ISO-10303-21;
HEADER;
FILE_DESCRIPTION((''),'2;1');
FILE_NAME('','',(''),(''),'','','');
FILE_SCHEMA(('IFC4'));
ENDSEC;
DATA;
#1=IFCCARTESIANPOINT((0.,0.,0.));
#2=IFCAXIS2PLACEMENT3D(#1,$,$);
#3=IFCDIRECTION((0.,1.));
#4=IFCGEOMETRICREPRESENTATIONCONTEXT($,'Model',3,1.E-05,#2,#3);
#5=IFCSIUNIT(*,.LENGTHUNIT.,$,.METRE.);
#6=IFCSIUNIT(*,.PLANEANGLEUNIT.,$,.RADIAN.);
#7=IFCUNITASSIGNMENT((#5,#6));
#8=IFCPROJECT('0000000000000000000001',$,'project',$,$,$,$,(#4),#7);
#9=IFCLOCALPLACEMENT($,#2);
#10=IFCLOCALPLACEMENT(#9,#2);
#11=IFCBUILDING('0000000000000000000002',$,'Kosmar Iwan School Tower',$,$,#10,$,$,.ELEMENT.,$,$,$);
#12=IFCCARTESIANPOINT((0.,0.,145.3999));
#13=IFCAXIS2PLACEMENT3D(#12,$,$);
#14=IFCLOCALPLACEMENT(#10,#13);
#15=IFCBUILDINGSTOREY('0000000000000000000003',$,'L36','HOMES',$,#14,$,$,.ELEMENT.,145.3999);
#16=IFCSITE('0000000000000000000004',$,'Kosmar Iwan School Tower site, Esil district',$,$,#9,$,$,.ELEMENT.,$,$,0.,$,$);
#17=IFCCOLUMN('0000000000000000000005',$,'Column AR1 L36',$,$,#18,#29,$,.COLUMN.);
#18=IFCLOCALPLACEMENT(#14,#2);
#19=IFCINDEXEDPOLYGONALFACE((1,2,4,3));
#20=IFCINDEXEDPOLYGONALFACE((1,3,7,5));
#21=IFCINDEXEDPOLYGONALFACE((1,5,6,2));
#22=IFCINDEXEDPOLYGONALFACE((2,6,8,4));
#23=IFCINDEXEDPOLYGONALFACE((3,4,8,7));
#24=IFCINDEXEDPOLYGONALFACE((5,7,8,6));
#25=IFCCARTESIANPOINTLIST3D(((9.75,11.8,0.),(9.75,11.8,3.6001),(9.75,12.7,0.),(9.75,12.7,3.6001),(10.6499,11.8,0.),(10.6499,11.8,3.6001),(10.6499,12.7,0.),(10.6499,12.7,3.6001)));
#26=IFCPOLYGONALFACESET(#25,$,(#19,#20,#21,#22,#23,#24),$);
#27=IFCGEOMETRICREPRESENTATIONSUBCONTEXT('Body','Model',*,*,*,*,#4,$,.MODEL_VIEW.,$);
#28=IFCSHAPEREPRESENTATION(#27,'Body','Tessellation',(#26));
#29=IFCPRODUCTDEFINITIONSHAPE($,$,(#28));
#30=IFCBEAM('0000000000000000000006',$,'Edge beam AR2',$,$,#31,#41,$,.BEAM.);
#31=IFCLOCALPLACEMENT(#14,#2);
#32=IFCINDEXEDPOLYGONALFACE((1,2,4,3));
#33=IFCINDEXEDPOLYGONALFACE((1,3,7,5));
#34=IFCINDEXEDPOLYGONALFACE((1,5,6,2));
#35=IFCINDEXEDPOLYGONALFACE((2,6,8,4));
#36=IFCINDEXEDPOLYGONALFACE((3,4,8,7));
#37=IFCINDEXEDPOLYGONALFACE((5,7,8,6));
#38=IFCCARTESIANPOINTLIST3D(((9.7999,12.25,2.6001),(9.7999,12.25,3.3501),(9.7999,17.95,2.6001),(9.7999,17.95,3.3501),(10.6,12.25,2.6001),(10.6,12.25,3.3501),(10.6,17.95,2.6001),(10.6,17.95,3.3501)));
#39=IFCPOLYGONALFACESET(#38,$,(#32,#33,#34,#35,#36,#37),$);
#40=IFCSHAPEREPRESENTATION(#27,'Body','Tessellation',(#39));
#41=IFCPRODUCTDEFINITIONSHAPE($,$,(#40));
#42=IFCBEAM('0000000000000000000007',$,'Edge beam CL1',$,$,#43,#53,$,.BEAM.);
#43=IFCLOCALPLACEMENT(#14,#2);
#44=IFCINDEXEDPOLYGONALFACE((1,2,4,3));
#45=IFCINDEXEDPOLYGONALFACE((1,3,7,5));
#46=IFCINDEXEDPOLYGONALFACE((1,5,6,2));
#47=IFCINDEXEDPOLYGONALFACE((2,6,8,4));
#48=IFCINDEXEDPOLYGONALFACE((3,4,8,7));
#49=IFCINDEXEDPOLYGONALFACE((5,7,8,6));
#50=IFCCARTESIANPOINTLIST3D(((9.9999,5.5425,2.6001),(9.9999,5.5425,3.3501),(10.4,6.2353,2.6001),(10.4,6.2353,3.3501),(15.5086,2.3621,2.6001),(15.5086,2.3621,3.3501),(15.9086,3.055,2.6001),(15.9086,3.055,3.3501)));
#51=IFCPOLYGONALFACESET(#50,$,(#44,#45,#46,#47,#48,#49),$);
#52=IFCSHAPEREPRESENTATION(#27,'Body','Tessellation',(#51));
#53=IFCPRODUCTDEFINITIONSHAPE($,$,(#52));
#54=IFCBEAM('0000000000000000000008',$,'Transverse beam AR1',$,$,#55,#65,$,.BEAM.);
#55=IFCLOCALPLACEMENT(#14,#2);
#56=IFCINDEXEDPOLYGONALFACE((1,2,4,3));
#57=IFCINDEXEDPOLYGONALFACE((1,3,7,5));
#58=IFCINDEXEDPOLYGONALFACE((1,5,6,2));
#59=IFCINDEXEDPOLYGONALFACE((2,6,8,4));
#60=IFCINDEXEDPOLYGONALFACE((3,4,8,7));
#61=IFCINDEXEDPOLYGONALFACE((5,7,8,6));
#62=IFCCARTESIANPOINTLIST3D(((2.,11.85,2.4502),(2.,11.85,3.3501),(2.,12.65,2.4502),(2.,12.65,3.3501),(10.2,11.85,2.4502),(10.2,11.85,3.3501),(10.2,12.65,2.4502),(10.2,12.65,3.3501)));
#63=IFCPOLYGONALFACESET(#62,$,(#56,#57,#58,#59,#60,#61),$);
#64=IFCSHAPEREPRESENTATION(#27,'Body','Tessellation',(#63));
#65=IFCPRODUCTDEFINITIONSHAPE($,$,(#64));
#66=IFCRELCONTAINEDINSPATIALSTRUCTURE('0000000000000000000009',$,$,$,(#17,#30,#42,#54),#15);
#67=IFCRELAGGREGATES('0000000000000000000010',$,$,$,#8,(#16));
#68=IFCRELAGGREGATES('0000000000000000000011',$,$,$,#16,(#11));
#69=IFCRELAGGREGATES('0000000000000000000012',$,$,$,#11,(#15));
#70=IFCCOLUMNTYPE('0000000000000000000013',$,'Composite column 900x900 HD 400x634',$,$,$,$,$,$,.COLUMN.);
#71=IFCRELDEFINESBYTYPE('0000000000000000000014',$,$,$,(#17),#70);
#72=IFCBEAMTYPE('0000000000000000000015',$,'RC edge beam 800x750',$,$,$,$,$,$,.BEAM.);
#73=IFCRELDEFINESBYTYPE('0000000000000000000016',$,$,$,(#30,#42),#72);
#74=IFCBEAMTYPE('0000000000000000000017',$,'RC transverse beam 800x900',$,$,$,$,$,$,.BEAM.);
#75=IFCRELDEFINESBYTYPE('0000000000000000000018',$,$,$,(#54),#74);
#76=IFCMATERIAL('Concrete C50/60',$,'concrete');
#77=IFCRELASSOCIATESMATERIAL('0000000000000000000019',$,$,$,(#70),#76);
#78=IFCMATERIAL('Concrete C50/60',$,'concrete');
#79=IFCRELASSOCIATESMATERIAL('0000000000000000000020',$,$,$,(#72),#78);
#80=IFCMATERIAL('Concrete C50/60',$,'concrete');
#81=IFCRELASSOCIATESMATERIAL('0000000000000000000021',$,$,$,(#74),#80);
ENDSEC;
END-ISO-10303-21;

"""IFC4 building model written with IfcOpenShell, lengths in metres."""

from ifc_helpers import new_model, si_unit, direction, frame, origin, origin_2d, place, context, subcontext, project, spatial, rectangle, extrude, material, material_profile, profile_set, type_object, element, save


model = new_model("IFC4")

# Units and contexts
model_context = context("Model", 3, precision=1e-05, world=origin(), true_north=direction((0.0, 1.0)))
body_context = subcontext(model_context, "Body", "Model", "MODEL_VIEW")
ifc_project = project(units=[si_unit("LENGTHUNIT", "METRE"), si_unit("PLANEANGLEUNIT", "RADIAN")], contexts=[model_context])

# Site, building, storey
site_placement = place(None, origin())
site = spatial("IfcSite", under=ifc_project, at=site_placement, Name="Kosmar Iwan School Tower site, Esil district", CompositionType="ELEMENT", RefElevation=0.0)
building_placement = place(site_placement, origin())
building = spatial("IfcBuilding", under=site, at=building_placement, Name="Kosmar Iwan School Tower", CompositionType="ELEMENT")
storey_placement = place(building_placement, frame((0.0, 0.0, 145.3999)))
storey = spatial("IfcBuildingStorey", under=building, at=storey_placement, Name="L36", Description="HOMES", CompositionType="ELEMENT", Elevation=145.3999)

# Column
ifc_material_1 = material(Name="Concrete C50/60", Category="concrete")
ifc_material_profile_1 = material_profile(ifc_material_1, rectangle(XDim=0.8999, YDim=0.8999, at=origin_2d()), Name="RC 900x900 + HD 400x634")
ifc_profile_set_1 = profile_set([ifc_material_profile_1], Name="Concrete C50/60")
column_type = type_object("IfcColumnType", Name="Composite column 900x900 HD 400x634", PredefinedType="COLUMN", material=ifc_profile_set_1)
column_placement = place(storey_placement, frame((10.2, 12.25, 0.0), z_axis=(0.0, 0.0, 1.0), x_axis=(0.0, 1.0, 0.0)))
element("IfcColumn", 1, at=column_placement, inside=storey, type_object=column_type, Name="Column AR1 L36", PredefinedType="COLUMN", context=body_context, shape_type="SweptSolid", body=[
    extrude(rectangle(XDim=0.8999, YDim=0.8999, at=origin_2d()), origin(), (0.0, 0.0, 1.0), 3.6001),
])

# Beams
ifc_material_2 = material(Name="Concrete C50/60", Category="concrete")
ifc_material_profile_2 = material_profile(ifc_material_2, rectangle(XDim=0.8, YDim=0.75, at=origin_2d()), Name="RC 800x750")
ifc_profile_set_2 = profile_set([ifc_material_profile_2], Name="Concrete C50/60")
beam_type_1 = type_object("IfcBeamType", Name="RC edge beam 800x750", PredefinedType="BEAM", material=ifc_profile_set_2)
beam_1_placement = place(storey_placement, frame((10.2, 12.25, 2.9751), z_axis=(0.0, 1.0, 0.0), x_axis=(-1.0, 0.0, 0.0)))
element("IfcBeam", 2, at=beam_1_placement, inside=storey, type_object=beam_type_1, Name="Edge beam AR2", PredefinedType="BEAM", context=body_context, shape_type="SweptSolid", body=[
    extrude(rectangle(XDim=0.8, YDim=0.75, at=origin_2d()), origin(), (0.0, 0.0, 1.0), 5.7),
])
beam_2_placement = place(storey_placement, frame((10.2, 5.8889, 2.9751), z_axis=(0.866031, -0.49999, 0.0), x_axis=(0.49999, 0.866031, 0.0)))
element("IfcBeam", 3, at=beam_2_placement, inside=storey, type_object=beam_type_1, Name="Edge beam CL1", PredefinedType="BEAM", context=body_context, shape_type="SweptSolid", body=[
    extrude(rectangle(XDim=0.8, YDim=0.75, at=origin_2d()), origin(), (0.0, 0.0, 1.0), 6.3608),
])
ifc_material_3 = material(Name="Concrete C50/60", Category="concrete")
ifc_material_profile_3 = material_profile(ifc_material_3, rectangle(XDim=0.8, YDim=0.8999, at=origin_2d()), Name="RC 800x900")
ifc_profile_set_3 = profile_set([ifc_material_profile_3], Name="Concrete C50/60")
beam_type_2 = type_object("IfcBeamType", Name="RC transverse beam 800x900", PredefinedType="BEAM", material=ifc_profile_set_3)
beam_3_placement = place(storey_placement, frame((10.2, 12.25, 2.9001), z_axis=(-1.0, 0.0, 0.0), x_axis=(0.0, -1.0, 0.0)))
element("IfcBeam", 4, at=beam_3_placement, inside=storey, type_object=beam_type_2, Name="Transverse beam AR1", PredefinedType="BEAM", context=body_context, shape_type="SweptSolid", body=[
    extrude(rectangle(XDim=0.8, YDim=0.8999, at=origin_2d()), origin(), (0.0, 0.0, 1.0), 8.2),
])

save(model, "model.ifc")
